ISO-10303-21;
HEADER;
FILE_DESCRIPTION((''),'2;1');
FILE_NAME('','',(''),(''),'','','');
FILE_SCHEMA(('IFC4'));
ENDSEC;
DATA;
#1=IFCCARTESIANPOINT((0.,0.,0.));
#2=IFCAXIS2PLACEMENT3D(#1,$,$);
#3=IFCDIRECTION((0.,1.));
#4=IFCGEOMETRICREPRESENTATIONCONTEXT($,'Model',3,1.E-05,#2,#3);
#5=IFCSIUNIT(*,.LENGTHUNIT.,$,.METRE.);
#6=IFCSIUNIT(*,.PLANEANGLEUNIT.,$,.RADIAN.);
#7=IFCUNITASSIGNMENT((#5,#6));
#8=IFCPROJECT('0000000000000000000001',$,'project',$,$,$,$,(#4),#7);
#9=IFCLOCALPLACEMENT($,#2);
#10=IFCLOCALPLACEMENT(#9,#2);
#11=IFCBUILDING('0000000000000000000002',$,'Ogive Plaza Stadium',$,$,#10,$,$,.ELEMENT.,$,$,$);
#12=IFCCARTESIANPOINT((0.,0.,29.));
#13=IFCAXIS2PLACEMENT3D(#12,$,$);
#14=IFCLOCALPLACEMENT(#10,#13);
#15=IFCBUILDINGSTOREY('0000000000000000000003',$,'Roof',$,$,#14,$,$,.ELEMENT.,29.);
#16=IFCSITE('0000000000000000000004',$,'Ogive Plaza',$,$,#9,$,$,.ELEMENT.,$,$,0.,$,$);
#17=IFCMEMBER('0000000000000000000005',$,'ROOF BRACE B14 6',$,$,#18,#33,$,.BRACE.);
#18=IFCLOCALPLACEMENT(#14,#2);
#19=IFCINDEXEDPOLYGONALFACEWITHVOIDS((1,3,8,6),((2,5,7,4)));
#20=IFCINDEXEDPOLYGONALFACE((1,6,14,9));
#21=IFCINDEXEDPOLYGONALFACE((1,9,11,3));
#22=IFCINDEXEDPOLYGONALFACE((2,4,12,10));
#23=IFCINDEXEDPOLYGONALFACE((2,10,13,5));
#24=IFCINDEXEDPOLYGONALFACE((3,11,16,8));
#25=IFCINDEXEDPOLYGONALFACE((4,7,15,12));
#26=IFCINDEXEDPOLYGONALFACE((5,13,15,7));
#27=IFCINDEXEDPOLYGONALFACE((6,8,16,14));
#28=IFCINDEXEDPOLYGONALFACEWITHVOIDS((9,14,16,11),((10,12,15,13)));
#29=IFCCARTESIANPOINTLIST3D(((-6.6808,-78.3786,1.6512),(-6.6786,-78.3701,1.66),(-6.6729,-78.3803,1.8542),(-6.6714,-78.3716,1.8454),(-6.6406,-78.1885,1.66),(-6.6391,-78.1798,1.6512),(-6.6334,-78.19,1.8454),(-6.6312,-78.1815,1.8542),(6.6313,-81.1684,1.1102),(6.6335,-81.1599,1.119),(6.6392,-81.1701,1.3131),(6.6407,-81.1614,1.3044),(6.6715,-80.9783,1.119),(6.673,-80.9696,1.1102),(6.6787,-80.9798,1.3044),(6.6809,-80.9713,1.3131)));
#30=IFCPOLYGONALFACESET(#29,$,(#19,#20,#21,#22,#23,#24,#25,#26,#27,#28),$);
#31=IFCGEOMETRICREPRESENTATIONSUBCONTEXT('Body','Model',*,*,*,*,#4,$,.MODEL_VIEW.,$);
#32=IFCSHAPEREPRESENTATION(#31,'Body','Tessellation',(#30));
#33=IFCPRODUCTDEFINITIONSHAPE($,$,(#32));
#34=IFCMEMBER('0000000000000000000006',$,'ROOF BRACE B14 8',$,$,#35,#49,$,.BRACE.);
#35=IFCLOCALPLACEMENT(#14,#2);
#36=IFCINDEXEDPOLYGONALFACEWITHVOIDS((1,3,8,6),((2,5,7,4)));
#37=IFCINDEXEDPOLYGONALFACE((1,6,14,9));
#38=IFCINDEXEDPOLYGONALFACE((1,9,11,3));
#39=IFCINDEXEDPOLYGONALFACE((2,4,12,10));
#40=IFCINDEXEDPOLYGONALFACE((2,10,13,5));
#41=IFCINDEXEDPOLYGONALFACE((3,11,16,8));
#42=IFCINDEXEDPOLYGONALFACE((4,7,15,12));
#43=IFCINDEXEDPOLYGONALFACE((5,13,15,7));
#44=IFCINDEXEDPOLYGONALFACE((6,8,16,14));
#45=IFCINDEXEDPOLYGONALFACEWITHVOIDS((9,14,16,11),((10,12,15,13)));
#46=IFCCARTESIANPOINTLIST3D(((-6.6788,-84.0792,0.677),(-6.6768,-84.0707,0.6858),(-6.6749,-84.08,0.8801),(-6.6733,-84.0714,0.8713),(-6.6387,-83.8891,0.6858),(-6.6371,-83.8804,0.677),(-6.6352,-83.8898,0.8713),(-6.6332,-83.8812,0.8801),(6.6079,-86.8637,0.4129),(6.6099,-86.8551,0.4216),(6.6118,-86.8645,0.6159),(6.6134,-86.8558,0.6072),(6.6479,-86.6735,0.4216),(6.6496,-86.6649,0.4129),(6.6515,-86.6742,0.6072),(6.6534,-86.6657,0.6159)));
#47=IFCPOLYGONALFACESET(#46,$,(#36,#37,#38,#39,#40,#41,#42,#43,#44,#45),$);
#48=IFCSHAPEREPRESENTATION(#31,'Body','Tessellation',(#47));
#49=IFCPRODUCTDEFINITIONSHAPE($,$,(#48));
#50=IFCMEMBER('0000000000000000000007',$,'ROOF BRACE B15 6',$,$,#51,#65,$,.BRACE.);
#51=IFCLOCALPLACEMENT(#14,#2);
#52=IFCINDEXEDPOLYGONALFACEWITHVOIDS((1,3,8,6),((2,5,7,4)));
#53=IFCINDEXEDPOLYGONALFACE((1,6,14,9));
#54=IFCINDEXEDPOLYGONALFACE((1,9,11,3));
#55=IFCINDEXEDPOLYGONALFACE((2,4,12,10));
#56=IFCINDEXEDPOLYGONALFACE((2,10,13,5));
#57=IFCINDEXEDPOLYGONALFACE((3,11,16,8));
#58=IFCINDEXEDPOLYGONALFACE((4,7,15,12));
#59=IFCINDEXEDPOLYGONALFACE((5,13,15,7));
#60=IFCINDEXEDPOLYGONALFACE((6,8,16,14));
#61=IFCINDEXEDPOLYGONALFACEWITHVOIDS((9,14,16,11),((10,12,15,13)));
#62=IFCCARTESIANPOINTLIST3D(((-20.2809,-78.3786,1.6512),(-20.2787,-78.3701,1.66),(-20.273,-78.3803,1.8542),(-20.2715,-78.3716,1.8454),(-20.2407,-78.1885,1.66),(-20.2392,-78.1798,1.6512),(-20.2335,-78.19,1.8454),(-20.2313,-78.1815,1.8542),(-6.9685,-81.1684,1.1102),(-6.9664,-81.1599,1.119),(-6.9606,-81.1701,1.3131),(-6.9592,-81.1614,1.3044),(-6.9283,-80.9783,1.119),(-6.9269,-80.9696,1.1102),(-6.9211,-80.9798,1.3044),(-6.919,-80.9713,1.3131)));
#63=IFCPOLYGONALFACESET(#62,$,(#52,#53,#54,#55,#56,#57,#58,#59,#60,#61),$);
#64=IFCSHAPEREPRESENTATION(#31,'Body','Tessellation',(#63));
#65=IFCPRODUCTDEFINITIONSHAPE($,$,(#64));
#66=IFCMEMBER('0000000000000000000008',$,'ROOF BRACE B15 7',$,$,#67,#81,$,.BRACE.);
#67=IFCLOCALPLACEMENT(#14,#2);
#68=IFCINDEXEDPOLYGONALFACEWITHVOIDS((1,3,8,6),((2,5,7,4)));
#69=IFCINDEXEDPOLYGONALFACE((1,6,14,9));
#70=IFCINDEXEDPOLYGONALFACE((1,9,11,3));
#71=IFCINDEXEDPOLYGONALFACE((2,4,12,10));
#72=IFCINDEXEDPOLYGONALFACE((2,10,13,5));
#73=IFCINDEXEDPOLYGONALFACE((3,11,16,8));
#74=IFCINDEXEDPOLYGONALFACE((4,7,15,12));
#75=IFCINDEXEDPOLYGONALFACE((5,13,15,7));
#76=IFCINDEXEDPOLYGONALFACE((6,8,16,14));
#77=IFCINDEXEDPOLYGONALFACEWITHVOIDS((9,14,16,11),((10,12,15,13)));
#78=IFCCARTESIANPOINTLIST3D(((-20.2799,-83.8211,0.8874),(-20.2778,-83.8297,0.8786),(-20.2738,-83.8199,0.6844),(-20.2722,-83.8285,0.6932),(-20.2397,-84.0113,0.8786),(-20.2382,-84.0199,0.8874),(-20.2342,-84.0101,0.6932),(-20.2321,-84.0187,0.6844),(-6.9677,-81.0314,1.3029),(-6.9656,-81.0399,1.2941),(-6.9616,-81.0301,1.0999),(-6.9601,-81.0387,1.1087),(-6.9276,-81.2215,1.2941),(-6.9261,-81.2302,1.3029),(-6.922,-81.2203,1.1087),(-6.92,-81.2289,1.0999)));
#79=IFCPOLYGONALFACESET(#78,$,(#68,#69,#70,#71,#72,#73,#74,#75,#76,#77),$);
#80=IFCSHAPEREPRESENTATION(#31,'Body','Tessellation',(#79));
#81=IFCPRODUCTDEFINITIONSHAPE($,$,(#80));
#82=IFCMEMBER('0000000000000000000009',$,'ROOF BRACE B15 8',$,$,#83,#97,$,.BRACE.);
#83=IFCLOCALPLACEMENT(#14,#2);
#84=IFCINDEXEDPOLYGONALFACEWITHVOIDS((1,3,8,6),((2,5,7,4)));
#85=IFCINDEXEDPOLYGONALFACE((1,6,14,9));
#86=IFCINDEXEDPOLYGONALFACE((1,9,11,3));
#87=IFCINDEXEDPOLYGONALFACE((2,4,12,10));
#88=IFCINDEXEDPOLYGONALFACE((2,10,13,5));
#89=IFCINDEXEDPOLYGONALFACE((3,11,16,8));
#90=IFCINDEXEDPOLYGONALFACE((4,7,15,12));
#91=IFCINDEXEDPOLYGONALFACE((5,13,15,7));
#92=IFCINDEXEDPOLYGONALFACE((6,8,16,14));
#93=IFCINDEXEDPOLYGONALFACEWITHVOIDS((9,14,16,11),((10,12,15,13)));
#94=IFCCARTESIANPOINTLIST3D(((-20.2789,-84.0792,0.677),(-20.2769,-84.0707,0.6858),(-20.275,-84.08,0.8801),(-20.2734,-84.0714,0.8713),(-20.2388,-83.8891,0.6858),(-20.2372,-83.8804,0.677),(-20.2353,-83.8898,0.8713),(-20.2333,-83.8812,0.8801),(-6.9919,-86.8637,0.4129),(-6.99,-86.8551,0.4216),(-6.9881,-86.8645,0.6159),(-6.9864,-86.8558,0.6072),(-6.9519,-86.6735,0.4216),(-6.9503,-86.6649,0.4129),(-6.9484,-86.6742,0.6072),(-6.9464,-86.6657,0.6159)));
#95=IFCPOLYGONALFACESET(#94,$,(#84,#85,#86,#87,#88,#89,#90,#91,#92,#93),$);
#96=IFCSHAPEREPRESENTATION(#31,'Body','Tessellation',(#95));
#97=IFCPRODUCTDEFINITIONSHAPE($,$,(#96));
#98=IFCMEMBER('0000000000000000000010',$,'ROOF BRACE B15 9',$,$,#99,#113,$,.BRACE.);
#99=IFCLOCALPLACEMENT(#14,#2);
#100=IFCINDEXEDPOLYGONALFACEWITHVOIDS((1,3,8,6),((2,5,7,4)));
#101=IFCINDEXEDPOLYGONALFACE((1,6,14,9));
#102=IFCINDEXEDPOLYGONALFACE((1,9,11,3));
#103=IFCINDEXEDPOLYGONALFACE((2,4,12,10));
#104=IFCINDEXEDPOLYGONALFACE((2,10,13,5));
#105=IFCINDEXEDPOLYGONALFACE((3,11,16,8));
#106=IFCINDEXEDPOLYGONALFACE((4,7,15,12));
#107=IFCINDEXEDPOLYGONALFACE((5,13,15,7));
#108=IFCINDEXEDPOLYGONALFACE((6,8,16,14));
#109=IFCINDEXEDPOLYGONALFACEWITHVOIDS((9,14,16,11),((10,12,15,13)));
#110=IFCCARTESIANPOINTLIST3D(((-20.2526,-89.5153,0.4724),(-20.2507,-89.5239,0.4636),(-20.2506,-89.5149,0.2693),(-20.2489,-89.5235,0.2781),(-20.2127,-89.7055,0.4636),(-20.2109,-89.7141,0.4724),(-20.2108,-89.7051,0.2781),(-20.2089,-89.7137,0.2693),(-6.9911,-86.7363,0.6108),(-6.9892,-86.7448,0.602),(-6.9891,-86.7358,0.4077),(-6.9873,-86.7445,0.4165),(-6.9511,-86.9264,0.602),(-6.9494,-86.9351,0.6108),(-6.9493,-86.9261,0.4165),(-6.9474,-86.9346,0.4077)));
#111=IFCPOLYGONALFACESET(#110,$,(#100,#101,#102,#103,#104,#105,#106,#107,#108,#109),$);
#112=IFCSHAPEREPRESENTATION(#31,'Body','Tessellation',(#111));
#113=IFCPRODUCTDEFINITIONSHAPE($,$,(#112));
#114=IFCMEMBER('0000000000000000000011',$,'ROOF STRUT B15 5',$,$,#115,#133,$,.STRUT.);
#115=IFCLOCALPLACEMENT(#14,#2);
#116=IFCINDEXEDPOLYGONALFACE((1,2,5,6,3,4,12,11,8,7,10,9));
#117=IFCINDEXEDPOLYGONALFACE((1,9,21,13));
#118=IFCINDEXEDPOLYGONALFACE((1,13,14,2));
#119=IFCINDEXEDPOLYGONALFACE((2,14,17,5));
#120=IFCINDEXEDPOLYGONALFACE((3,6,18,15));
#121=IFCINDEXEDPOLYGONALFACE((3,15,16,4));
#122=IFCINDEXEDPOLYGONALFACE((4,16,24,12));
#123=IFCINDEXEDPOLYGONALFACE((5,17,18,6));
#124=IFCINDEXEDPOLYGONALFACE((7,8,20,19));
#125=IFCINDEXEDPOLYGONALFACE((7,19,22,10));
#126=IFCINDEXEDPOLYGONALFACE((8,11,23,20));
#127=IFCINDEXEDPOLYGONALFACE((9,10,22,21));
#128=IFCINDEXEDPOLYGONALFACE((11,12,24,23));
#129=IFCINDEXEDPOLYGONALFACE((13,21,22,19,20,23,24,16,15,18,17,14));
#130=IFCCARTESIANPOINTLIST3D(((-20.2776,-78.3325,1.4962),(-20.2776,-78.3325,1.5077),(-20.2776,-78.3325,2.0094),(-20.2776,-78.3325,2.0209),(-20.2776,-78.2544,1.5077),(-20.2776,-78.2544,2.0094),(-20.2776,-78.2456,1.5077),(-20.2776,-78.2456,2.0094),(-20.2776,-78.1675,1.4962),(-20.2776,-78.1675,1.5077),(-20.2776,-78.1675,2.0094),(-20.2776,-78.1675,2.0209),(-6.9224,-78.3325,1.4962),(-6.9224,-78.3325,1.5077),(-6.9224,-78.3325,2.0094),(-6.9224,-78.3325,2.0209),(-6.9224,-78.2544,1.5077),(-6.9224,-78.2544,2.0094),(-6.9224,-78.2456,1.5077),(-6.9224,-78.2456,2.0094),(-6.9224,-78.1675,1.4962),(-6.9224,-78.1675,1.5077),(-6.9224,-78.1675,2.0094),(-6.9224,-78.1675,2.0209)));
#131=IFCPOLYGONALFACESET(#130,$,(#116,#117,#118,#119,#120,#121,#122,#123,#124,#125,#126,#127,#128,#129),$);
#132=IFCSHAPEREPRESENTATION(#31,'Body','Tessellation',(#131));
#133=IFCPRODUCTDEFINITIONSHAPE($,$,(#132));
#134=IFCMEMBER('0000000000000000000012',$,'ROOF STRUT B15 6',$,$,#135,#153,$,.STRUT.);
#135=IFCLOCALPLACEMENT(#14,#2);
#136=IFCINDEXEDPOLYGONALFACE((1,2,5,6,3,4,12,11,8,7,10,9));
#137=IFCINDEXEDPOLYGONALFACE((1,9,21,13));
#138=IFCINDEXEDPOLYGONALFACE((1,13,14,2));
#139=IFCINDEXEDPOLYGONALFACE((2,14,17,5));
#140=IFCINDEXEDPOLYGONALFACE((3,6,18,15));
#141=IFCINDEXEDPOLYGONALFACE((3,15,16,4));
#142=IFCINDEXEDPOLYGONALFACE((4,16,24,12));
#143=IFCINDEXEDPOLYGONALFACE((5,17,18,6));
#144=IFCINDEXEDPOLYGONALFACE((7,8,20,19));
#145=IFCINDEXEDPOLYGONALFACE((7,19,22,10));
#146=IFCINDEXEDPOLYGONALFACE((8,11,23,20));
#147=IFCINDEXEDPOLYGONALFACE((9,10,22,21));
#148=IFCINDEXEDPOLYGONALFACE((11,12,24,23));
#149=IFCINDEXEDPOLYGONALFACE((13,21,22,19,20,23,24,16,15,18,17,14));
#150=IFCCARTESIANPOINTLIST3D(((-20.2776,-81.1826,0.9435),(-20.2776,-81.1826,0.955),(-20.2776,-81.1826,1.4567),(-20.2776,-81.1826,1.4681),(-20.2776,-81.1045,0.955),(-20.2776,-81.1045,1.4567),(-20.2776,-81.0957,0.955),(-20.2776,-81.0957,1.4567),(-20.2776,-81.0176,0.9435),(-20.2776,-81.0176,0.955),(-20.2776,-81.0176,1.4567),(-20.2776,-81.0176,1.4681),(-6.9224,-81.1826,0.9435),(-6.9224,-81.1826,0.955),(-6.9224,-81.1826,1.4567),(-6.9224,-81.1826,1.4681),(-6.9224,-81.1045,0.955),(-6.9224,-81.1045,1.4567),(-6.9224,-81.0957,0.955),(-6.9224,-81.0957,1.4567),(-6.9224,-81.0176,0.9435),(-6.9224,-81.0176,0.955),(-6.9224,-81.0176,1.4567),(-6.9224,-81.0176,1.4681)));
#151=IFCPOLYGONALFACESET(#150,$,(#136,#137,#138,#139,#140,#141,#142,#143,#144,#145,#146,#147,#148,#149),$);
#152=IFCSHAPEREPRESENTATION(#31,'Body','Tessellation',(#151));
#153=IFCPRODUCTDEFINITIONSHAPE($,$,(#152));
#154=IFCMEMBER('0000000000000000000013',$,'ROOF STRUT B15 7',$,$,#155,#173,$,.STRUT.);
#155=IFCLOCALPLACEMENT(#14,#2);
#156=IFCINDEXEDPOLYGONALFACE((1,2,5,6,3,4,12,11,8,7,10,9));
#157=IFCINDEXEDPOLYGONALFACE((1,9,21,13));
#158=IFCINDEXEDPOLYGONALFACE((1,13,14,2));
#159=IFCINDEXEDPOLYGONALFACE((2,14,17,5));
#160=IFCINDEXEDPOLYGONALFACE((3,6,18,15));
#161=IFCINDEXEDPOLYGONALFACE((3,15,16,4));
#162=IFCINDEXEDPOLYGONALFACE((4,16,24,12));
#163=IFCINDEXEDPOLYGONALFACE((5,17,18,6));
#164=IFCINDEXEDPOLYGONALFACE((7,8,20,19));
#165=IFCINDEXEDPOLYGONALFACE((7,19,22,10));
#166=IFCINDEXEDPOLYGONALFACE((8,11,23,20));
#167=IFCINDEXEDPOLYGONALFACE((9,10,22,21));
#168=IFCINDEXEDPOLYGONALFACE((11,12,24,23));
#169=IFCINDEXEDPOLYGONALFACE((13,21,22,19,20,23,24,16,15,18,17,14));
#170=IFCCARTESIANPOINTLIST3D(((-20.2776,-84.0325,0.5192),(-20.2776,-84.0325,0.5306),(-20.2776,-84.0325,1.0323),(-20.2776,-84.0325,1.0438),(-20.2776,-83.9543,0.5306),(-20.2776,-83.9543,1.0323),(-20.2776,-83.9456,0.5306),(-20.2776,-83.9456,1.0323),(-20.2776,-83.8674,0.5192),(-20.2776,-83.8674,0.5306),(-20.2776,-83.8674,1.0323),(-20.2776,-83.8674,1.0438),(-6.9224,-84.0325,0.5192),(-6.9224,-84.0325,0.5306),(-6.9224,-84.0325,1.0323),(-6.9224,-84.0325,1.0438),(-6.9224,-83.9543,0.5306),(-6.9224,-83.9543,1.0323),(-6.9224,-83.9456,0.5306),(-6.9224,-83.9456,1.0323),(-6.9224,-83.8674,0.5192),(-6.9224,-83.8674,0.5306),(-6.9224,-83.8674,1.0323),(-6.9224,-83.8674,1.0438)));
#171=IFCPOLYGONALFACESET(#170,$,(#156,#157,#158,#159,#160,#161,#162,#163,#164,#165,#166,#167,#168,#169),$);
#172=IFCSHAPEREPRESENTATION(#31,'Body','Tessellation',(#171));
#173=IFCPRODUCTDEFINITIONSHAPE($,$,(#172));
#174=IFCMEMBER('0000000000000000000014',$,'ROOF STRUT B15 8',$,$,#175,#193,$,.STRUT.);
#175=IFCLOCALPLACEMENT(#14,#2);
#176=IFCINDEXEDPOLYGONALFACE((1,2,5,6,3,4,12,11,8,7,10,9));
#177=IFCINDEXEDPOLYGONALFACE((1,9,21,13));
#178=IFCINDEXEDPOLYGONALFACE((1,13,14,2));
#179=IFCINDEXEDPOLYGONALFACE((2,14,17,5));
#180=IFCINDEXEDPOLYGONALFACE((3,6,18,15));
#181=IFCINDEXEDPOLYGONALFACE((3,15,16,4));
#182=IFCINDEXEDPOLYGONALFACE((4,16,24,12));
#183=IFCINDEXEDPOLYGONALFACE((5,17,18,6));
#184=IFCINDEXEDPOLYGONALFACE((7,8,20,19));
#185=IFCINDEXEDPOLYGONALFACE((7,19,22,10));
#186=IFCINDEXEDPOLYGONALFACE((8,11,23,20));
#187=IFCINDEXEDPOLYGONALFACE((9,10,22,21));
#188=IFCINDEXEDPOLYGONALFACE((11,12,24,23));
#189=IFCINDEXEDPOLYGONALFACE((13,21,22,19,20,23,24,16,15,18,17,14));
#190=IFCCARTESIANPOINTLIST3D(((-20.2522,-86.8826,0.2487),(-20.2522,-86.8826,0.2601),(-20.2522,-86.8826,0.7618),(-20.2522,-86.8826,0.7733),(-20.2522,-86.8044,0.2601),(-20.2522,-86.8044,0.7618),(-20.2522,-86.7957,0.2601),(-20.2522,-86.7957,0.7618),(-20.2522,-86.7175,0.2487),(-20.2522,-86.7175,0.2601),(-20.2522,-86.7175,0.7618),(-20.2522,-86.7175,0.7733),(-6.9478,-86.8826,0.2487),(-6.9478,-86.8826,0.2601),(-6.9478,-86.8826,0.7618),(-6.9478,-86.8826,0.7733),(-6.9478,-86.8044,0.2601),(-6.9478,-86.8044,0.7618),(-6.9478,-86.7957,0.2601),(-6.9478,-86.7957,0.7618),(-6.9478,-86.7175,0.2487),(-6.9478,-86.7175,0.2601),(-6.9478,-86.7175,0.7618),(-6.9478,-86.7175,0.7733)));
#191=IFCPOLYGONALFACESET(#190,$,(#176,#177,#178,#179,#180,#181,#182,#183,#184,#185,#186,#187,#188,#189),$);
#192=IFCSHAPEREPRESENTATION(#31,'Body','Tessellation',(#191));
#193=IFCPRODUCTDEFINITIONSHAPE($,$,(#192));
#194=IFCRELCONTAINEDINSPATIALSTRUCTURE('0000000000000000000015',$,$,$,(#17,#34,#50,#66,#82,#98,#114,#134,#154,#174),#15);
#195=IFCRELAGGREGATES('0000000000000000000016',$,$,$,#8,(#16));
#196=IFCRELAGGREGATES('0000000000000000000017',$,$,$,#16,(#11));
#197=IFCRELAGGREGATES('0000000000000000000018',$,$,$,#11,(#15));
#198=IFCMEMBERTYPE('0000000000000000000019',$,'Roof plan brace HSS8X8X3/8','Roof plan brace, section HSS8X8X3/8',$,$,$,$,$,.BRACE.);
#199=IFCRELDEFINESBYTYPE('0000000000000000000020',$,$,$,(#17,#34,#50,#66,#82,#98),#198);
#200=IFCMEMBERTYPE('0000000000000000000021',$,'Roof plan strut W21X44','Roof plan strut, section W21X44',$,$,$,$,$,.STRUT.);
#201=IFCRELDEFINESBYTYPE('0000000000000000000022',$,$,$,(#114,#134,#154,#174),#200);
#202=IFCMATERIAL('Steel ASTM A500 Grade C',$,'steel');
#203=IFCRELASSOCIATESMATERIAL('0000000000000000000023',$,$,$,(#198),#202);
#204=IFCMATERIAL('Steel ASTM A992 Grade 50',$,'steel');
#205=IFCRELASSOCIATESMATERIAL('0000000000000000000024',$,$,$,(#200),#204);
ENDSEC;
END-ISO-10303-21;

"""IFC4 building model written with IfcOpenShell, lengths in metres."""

from ifc_helpers import new_model, si_unit, direction, frame, origin, origin_2d, place, context, subcontext, project, spatial, hollow_rectangle, i_section, extrude, material, material_profile, profile_set, type_object, element, save


model = new_model("IFC4")

# Units and contexts
model_context = context("Model", 3, precision=1e-05, world=origin(), true_north=direction((0.0, 1.0)))
body_context = subcontext(model_context, "Body", "Model", "MODEL_VIEW")
ifc_project = project(units=[si_unit("LENGTHUNIT", "METRE"), si_unit("PLANEANGLEUNIT", "RADIAN")], contexts=[model_context])

# Site, building, storey
site_placement = place(None, origin())
site = spatial("IfcSite", under=ifc_project, at=site_placement, Name="Ogive Plaza", CompositionType="ELEMENT", RefElevation=0.0)
building_placement = place(site_placement, origin())
building = spatial("IfcBuilding", under=site, at=building_placement, Name="Ogive Plaza Stadium", CompositionType="ELEMENT")
storey_placement = place(building_placement, frame((0.0, 0.0, 29.0)))
storey = spatial("IfcBuildingStorey", under=building, at=storey_placement, Name="Roof", CompositionType="ELEMENT", Elevation=29.0)

# Members
ifc_material_1 = material(Name="Steel ASTM A500 Grade C", Category="steel")
ifc_material_profile_1 = material_profile(ifc_material_1, hollow_rectangle(XDim=0.2031, YDim=0.2031, WallThickness=0.0088, at=origin_2d()), Name="HSS8X8X3/8")
ifc_profile_set_1 = profile_set([ifc_material_profile_1], Name="Steel ASTM A500 Grade C")
member_type_1 = type_object("IfcMemberType", Name="Roof plan brace HSS8X8X3/8", Description="Roof plan brace, section HSS8X8X3/8", PredefinedType="BRACE", material=ifc_profile_set_1)
member_1_placement = place(storey_placement, frame((-6.656, -78.28, 1.7527), z_axis=(0.977965, -0.204952, -0.039746), x_axis=(0.205114, 0.978738, 0.0)))
element("IfcMember", 1, at=member_1_placement, inside=storey, type_object=member_type_1, Name="ROOF BRACE B14 6", PredefinedType="BRACE", context=body_context, shape_type="SweptSolid", body=[
    extrude(hollow_rectangle(XDim=0.2031, YDim=0.2031, WallThickness=0.0088, at=origin_2d()), origin(), (0.0, 0.0, 1.0), 13.6121),
])
member_2_placement = place(storey_placement, frame((-6.656, -83.9802, 0.7786), z_axis=(0.978554, -0.205072, -0.019455), x_axis=(0.20511, 0.978739, 0.0)))
element("IfcMember", 2, at=member_2_placement, inside=storey, type_object=member_type_1, Name="ROOF BRACE B14 8", PredefinedType="BRACE", context=body_context, shape_type="SweptSolid", body=[
    extrude(hollow_rectangle(XDim=0.2031, YDim=0.2031, WallThickness=0.0088, at=origin_2d()), origin(), (0.0, 0.0, 1.0), 13.5779),
])
member_3_placement = place(storey_placement, frame((-20.2561, -78.28, 1.7527), z_axis=(0.977966, -0.204948, -0.039745), x_axis=(0.20511, 0.978739, 0.0)))
element("IfcMember", 3, at=member_3_placement, inside=storey, type_object=member_type_1, Name="ROOF BRACE B15 6", PredefinedType="BRACE", context=body_context, shape_type="SweptSolid", body=[
    extrude(hollow_rectangle(XDim=0.2031, YDim=0.2031, WallThickness=0.0088, at=origin_2d()), origin(), (0.0, 0.0, 1.0), 13.6123),
])
member_4_placement = place(storey_placement, frame((-6.9438, -81.1301, 1.2014), z_axis=(-0.978282, -0.205015, -0.030536), x_axis=(0.20511, -0.978739, 0.0)))
element("IfcMember", 4, at=member_4_placement, inside=storey, type_object=member_type_1, Name="ROOF BRACE B15 7", PredefinedType="BRACE", context=body_context, shape_type="SweptSolid", body=[
    extrude(hollow_rectangle(XDim=0.2031, YDim=0.2031, WallThickness=0.0088, at=origin_2d()), origin(), (0.0, 0.0, 1.0), 13.6077),
])
member_5_placement = place(storey_placement, frame((-20.2561, -83.9802, 0.7786), z_axis=(0.978554, -0.205068, -0.019455), x_axis=(0.205107, 0.97874, 0.0)))
element("IfcMember", 5, at=member_5_placement, inside=storey, type_object=member_type_1, Name="ROOF BRACE B15 8", PredefinedType="BRACE", context=body_context, shape_type="SweptSolid", body=[
    extrude(hollow_rectangle(XDim=0.2031, YDim=0.2031, WallThickness=0.0088, at=origin_2d()), origin(), (0.0, 0.0, 1.0), 13.5781),
])
member_6_placement = place(storey_placement, frame((-6.9692, -86.8354, 0.5093), z_axis=(-0.978689, -0.205093, -0.010216), x_axis=(0.205103, -0.97874, 0.0)))
element("IfcMember", 6, at=member_6_placement, inside=storey, type_object=member_type_1, Name="ROOF BRACE B15 9", PredefinedType="BRACE", context=body_context, shape_type="SweptSolid", body=[
    extrude(hollow_rectangle(XDim=0.2031, YDim=0.2031, WallThickness=0.0088, at=origin_2d()), origin(), (0.0, 0.0, 1.0), 13.5503),
])
ifc_material_2 = material(Name="Steel ASTM A992 Grade 50", Category="steel")
ifc_material_profile_2 = material_profile(ifc_material_2, i_section(OverallWidth=0.165, OverallDepth=0.5247, WebThickness=0.0088, FlangeThickness=0.0115, at=origin_2d()), Name="W21X44")
ifc_profile_set_2 = profile_set([ifc_material_profile_2], Name="Steel ASTM A992 Grade 50")
member_type_2 = type_object("IfcMemberType", Name="Roof plan strut W21X44", Description="Roof plan strut, section W21X44", PredefinedType="STRUT", material=ifc_profile_set_2)
for number, where, z_axis, x_axis, name in (
    (7, (-6.9224, -78.25, 1.7585), (-1.0, 0.0, 0.0), (0.0, -1.0, 0.0), "ROOF STRUT B15 5"),
    (8, (-6.9224, -81.1001, 1.2058), (-1.0, 0.0, 0.0), (0.0, -1.0, 0.0), "ROOF STRUT B15 6"),
    (9, (-6.9224, -83.95, 0.7815), (-1.0, 0.0, 0.0), (0.0, -1.0, 0.0), "ROOF STRUT B15 7"),
):
    element("IfcMember", number, at=place(storey_placement, frame(where, z_axis=z_axis, x_axis=x_axis)), inside=storey, type_object=member_type_2, Name=name, PredefinedType="STRUT", context=body_context, shape_type="SweptSolid", body=[
        extrude(i_section(OverallWidth=0.165, OverallDepth=0.5247, WebThickness=0.0088, FlangeThickness=0.0115, at=origin_2d()), origin(), (0.0, 0.0, 1.0), 13.3552),
    ])
member_7_placement = place(storey_placement, frame((-6.9478, -86.8, 0.511), z_axis=(-1.0, 0.0, 0.0), x_axis=(0.0, -1.0, 0.0)))
element("IfcMember", 10, at=member_7_placement, inside=storey, type_object=member_type_2, Name="ROOF STRUT B15 8", PredefinedType="STRUT", context=body_context, shape_type="SweptSolid", body=[
    extrude(i_section(OverallWidth=0.165, OverallDepth=0.5247, WebThickness=0.0088, FlangeThickness=0.0115, at=origin_2d()), origin(), (0.0, 0.0, 1.0), 13.3044),
])

save(model, "model.ifc")
